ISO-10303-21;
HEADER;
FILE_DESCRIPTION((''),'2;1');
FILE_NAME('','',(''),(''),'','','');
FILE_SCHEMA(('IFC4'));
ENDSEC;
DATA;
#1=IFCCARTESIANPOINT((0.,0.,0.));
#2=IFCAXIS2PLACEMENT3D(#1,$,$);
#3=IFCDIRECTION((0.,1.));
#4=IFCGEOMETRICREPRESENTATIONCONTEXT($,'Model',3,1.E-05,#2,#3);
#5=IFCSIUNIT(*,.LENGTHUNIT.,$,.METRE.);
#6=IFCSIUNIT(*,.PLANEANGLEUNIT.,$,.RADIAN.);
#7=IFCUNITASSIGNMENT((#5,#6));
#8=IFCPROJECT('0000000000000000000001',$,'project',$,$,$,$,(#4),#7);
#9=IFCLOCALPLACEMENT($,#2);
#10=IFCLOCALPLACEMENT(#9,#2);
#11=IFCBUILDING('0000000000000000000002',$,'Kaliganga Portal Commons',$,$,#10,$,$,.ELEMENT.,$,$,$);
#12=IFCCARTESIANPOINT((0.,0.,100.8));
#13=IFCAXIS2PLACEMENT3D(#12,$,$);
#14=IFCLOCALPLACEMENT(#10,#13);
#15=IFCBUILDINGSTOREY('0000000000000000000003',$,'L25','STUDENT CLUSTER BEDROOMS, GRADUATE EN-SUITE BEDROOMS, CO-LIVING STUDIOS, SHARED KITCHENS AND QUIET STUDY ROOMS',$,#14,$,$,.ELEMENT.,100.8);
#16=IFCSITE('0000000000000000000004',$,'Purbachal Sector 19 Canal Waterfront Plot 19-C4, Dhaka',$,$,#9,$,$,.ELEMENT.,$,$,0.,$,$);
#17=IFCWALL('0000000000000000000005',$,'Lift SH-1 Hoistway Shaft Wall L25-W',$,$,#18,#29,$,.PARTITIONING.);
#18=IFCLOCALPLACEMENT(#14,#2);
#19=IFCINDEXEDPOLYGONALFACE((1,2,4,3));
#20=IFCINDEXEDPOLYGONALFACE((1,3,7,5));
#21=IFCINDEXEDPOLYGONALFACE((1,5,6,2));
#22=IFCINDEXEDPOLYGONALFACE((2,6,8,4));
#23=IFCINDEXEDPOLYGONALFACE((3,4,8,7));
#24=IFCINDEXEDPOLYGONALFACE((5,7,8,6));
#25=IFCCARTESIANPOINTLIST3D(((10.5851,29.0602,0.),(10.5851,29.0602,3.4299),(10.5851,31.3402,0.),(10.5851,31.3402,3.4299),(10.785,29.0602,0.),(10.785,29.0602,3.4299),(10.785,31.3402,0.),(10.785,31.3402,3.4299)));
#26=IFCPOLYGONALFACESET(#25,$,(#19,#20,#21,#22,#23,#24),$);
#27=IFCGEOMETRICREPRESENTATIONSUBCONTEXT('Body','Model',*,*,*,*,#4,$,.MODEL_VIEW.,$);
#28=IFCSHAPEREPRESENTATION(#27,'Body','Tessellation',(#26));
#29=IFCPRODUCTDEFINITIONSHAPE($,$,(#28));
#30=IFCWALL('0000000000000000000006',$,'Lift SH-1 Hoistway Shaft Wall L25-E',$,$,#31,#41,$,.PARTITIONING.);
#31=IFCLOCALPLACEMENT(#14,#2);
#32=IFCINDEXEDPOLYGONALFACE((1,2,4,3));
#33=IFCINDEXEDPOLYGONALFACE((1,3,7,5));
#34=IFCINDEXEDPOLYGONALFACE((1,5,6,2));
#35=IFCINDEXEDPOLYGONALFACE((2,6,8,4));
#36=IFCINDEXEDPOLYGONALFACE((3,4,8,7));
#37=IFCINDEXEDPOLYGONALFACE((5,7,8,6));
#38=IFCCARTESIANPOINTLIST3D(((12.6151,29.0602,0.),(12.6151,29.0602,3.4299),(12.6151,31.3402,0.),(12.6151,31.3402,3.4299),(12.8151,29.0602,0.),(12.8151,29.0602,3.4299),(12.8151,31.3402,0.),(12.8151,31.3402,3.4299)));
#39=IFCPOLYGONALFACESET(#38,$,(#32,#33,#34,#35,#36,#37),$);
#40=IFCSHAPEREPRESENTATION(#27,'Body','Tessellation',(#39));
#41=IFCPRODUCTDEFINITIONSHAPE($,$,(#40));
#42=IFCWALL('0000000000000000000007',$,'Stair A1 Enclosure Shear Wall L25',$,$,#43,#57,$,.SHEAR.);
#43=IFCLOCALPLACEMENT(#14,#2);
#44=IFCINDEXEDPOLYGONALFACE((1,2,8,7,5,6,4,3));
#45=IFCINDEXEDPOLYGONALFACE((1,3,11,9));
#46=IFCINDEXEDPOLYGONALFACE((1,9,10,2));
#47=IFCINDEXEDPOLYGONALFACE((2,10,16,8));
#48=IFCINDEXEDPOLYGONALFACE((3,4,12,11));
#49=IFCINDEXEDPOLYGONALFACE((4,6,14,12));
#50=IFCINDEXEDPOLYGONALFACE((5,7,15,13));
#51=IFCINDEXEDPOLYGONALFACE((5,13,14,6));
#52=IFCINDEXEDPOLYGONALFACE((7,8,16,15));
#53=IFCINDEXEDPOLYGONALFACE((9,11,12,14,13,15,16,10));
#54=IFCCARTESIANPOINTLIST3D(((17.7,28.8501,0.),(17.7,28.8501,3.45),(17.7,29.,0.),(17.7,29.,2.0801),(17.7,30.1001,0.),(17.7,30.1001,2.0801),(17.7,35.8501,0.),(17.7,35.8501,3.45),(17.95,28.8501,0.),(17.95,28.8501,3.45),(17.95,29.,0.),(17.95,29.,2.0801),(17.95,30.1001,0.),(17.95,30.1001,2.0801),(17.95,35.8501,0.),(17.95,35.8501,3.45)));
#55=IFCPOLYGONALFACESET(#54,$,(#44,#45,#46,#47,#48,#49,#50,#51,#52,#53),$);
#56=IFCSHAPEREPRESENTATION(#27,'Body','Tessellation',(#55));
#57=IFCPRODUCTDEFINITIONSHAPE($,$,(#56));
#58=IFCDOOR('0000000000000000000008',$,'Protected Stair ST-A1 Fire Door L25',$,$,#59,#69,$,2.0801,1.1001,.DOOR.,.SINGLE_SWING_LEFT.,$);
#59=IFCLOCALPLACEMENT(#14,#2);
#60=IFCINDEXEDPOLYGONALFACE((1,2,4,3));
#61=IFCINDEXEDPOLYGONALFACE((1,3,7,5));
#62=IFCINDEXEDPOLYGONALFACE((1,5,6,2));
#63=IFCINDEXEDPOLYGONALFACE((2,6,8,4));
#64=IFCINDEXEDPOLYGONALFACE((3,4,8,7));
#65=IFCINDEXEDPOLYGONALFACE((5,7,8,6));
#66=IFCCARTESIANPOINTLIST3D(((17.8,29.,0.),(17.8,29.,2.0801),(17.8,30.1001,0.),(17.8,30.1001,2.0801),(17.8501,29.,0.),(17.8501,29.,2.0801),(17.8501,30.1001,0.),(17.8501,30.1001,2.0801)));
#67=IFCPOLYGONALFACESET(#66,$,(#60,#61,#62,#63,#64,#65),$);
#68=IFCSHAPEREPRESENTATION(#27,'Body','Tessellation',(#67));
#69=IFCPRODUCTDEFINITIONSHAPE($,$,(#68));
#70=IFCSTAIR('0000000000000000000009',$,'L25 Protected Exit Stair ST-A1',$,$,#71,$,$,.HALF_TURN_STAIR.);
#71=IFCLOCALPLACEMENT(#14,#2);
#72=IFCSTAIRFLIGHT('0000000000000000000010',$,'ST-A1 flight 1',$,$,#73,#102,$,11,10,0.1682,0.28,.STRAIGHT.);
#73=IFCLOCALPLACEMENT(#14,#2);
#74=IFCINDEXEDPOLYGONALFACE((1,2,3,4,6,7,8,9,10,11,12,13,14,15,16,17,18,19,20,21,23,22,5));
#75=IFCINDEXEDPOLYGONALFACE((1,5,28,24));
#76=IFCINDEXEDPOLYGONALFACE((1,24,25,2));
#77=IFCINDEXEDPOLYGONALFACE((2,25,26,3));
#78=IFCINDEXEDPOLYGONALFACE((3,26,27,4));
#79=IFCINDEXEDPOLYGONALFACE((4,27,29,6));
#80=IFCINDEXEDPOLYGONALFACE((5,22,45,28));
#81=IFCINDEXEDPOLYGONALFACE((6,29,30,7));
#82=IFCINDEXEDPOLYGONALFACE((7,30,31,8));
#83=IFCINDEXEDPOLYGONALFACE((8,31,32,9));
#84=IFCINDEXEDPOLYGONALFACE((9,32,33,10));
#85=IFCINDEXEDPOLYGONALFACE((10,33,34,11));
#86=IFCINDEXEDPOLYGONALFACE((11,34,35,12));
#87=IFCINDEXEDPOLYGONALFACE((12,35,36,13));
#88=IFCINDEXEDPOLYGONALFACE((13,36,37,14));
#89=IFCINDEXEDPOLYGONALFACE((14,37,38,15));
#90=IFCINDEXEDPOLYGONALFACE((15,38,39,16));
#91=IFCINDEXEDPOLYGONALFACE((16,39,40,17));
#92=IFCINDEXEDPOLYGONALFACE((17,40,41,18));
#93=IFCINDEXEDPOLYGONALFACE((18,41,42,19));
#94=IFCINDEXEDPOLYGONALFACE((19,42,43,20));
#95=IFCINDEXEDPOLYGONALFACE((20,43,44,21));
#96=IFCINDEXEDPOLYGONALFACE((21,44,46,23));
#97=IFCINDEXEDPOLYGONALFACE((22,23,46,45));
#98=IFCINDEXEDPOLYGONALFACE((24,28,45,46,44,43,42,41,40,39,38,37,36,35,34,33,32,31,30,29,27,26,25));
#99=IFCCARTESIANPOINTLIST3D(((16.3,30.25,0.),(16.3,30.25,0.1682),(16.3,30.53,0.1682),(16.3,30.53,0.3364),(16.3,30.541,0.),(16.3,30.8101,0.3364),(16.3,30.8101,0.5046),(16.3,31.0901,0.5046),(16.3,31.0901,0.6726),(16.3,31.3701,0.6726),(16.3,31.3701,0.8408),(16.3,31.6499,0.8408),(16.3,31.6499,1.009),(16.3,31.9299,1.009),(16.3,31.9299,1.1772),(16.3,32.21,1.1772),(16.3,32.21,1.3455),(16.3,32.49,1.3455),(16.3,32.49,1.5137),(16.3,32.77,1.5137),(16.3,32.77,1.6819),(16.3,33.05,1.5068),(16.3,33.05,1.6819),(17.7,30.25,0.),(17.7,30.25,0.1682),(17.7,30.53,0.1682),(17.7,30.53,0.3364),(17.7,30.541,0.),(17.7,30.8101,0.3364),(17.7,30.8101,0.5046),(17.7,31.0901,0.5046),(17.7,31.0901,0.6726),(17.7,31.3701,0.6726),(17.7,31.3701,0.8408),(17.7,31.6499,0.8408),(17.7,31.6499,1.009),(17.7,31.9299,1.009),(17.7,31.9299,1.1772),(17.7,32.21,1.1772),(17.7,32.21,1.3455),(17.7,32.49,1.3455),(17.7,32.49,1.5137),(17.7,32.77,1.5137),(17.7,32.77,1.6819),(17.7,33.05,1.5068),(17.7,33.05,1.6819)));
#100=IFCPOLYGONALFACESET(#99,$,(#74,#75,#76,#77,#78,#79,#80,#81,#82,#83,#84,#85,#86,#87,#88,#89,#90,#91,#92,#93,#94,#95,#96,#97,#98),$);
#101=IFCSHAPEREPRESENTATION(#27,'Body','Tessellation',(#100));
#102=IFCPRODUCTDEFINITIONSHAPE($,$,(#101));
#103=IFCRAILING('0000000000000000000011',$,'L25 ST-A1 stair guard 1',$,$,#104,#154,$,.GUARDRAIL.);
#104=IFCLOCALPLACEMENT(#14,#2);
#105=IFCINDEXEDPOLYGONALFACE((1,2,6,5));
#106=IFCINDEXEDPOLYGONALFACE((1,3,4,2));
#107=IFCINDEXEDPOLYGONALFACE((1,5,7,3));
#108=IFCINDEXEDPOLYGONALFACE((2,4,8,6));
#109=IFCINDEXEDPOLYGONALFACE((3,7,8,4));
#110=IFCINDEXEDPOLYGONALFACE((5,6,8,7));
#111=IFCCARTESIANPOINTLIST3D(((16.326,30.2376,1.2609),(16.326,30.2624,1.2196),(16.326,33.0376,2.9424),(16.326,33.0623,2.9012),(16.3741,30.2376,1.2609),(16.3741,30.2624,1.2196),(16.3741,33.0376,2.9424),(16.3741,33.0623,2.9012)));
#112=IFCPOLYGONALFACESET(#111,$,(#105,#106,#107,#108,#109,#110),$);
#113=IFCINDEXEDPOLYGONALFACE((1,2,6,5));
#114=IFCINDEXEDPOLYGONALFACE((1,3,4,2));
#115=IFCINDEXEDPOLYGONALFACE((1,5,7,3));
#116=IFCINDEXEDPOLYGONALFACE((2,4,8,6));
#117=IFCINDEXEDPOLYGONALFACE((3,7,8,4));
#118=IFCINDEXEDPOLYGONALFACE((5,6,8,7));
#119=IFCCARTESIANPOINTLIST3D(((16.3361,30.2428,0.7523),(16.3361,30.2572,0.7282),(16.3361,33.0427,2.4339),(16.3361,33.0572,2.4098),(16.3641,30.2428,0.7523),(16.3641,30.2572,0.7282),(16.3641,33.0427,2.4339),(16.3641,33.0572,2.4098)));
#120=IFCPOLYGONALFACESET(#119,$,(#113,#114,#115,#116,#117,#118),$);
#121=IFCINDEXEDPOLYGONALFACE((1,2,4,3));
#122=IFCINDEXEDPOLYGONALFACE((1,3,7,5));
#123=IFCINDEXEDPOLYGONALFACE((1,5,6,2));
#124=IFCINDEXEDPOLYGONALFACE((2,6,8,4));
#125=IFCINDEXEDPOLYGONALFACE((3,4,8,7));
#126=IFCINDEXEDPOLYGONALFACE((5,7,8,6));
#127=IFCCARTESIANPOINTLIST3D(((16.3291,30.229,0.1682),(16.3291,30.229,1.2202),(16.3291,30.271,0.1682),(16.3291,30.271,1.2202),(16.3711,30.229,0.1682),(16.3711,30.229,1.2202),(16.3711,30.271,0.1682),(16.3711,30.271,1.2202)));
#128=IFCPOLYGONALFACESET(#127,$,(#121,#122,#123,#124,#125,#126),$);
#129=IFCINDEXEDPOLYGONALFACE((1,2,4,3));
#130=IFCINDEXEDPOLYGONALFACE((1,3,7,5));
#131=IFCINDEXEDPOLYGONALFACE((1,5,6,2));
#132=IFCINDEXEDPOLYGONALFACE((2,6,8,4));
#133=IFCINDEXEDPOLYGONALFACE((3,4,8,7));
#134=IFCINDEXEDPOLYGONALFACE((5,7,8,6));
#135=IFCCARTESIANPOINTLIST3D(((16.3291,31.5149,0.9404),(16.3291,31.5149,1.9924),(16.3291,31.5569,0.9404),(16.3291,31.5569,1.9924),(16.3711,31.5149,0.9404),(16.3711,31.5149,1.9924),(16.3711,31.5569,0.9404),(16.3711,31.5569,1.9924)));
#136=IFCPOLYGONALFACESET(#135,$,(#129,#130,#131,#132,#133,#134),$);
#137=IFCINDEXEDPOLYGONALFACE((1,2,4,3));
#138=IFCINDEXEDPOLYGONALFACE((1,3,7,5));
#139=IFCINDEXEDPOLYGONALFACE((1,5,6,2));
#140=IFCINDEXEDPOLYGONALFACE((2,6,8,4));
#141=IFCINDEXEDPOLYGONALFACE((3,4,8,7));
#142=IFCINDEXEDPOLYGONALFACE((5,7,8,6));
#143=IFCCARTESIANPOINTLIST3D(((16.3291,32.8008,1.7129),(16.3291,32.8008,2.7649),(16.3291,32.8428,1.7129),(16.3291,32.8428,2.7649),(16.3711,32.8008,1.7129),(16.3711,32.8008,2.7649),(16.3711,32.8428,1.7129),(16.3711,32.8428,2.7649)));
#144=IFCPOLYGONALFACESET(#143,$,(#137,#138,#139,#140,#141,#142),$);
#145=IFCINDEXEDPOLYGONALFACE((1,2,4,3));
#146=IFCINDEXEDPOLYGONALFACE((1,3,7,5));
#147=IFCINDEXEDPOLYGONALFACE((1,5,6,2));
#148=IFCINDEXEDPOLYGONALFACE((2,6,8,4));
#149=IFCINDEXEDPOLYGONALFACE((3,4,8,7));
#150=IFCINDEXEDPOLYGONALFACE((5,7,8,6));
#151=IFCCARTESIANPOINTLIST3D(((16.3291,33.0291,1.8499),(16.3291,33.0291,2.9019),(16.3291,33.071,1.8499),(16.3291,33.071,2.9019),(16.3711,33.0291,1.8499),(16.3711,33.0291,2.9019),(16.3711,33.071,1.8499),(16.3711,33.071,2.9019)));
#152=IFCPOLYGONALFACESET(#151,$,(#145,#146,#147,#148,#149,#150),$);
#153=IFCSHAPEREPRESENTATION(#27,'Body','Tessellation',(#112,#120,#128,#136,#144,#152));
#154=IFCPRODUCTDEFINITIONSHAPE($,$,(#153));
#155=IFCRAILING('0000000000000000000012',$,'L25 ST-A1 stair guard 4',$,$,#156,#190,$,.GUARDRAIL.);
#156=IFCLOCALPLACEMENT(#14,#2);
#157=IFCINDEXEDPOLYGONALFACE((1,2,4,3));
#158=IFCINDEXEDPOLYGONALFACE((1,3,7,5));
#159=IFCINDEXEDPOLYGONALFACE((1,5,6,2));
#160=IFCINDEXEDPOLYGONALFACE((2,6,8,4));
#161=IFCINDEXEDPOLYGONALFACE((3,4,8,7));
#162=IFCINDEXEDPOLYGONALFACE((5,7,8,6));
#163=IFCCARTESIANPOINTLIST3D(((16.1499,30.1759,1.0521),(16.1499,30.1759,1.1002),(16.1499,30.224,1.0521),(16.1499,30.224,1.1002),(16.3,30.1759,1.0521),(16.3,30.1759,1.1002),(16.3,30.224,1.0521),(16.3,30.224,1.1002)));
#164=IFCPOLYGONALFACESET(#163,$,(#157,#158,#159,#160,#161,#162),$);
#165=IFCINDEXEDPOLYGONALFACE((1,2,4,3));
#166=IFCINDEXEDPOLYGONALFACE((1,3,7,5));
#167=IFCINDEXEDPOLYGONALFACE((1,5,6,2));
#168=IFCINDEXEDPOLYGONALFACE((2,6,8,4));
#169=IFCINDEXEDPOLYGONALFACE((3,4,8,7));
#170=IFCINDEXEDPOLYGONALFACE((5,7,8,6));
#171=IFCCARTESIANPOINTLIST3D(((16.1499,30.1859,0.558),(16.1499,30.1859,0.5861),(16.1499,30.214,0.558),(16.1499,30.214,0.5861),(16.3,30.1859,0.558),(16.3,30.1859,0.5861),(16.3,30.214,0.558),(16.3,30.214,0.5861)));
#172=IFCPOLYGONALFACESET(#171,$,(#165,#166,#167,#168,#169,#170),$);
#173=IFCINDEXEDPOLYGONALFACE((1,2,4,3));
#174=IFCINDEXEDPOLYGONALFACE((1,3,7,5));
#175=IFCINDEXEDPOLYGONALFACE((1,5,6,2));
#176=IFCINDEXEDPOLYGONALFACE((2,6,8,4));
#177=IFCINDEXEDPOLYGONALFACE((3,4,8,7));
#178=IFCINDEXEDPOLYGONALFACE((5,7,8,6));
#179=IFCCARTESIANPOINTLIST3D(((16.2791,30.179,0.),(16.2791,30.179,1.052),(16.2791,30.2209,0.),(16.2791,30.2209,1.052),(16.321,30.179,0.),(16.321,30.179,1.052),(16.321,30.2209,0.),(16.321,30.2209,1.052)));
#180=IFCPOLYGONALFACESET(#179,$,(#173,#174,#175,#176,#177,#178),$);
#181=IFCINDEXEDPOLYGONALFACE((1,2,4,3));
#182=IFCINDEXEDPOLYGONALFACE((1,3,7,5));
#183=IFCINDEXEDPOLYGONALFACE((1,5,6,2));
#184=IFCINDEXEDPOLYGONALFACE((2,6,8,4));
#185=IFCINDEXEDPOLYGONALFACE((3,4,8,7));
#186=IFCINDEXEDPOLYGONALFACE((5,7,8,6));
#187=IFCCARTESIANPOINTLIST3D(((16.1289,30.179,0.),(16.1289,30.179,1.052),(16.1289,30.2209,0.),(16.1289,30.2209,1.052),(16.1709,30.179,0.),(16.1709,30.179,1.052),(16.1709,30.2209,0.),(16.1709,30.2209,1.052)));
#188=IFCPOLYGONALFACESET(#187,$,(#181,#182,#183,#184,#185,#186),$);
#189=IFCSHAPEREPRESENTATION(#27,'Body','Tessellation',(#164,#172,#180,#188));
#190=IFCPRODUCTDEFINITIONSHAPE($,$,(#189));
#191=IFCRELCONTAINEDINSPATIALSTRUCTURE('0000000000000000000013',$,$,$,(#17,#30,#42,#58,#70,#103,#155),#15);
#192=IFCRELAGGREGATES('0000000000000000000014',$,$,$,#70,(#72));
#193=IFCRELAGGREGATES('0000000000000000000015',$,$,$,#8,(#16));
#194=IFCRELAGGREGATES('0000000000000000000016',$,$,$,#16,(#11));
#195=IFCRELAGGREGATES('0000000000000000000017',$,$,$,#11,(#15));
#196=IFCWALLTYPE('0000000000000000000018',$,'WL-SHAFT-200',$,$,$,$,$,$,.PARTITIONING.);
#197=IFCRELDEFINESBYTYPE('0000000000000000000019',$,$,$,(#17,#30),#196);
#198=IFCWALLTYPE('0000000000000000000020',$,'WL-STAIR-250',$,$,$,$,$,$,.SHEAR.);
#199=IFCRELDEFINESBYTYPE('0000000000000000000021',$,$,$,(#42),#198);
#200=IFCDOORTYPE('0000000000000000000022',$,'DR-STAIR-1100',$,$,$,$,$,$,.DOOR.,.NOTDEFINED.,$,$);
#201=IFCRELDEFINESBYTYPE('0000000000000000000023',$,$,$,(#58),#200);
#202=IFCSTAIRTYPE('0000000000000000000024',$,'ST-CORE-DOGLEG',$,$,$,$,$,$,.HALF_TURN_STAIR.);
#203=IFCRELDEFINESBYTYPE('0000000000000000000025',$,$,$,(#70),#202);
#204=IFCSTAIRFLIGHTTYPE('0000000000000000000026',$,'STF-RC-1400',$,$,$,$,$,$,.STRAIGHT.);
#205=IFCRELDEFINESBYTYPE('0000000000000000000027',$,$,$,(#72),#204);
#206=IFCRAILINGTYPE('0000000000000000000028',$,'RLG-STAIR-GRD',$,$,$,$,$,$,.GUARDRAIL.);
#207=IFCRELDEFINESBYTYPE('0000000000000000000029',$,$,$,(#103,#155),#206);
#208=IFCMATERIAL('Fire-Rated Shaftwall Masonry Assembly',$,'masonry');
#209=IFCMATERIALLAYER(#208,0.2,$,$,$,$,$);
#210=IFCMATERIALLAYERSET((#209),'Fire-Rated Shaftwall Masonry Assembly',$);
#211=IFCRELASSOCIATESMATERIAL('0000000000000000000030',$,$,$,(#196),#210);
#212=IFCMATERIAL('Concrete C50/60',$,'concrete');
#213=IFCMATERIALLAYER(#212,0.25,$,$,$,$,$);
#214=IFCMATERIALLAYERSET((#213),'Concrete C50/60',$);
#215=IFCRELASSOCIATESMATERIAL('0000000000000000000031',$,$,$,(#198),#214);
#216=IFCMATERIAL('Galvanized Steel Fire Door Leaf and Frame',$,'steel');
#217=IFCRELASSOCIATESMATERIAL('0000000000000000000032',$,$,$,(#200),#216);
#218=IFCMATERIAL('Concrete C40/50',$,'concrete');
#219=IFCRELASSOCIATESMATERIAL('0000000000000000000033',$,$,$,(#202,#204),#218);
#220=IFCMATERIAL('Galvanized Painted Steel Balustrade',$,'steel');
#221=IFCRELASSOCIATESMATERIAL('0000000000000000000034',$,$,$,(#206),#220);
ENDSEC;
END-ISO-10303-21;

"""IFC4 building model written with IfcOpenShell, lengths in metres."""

from ifc_helpers import new_model, si_unit, direction, frame, frame_2d, origin, origin_2d, place, context, subcontext, project, spatial, polyline, rectangle, outline, extrude, material, layer, layer_set, type_object, element, fill, aggregate, save


model = new_model("IFC4")

# Units and contexts
model_context = context("Model", 3, precision=1e-05, world=origin(), true_north=direction((0.0, 1.0)))
body_context = subcontext(model_context, "Body", "Model", "MODEL_VIEW")
ifc_project = project(units=[si_unit("LENGTHUNIT", "METRE"), si_unit("PLANEANGLEUNIT", "RADIAN")], contexts=[model_context])

# Site, building, storey
site_placement = place(None, origin())
site = spatial("IfcSite", under=ifc_project, at=site_placement, Name="Purbachal Sector 19 Canal Waterfront Plot 19-C4, Dhaka", CompositionType="ELEMENT", RefElevation=0.0)
building_placement = place(site_placement, origin())
building = spatial("IfcBuilding", under=site, at=building_placement, Name="Kaliganga Portal Commons", CompositionType="ELEMENT")
storey_placement = place(building_placement, frame((0.0, 0.0, 100.8)))
storey = spatial("IfcBuildingStorey", under=building, at=storey_placement, Name="L25", Description="STUDENT CLUSTER BEDROOMS, GRADUATE EN-SUITE BEDROOMS, CO-LIVING STUDIOS, SHARED KITCHENS AND QUIET STUDY ROOMS", CompositionType="ELEMENT", Elevation=100.8)

# Shared definitions
ifc_material_1 = material(Name="Concrete C50/60", Category="concrete")

# Walls
ifc_material_2 = material(Name="Fire-Rated Shaftwall Masonry Assembly", Category="masonry")
ifc_layer_1 = layer(ifc_material_2, 0.2)
ifc_layer_set_1 = layer_set([ifc_layer_1], Name="Fire-Rated Shaftwall Masonry Assembly")
wall_type_1 = type_object("IfcWallType", Name="WL-SHAFT-200", PredefinedType="PARTITIONING", material=ifc_layer_set_1)
for number, where, z_axis, x_axis, name in (
    (1, (10.6851, 29.0601, 0.0), (0.0, 0.0, 1.0), (0.0, 1.0, 0.0), "Lift SH-1 Hoistway Shaft Wall L25-W"),
    (2, (12.7151, 29.0601, 0.0), (0.0, 0.0, 1.0), (0.0, 1.0, 0.0), "Lift SH-1 Hoistway Shaft Wall L25-E"),
):
    element("IfcWall", number, at=place(storey_placement, frame(where, z_axis=z_axis, x_axis=x_axis)), inside=storey, type_object=wall_type_1, Name=name, PredefinedType="PARTITIONING", context=body_context, shape_type="SweptSolid", body=[
        extrude(rectangle(XDim=2.28, YDim=0.2, at=frame_2d((1.1401, 0.0))), origin(), (0.0, 0.0, 1.0), 3.4299),
    ])

# Wall, opening, door
ifc_layer_2 = layer(ifc_material_1, 0.25)
ifc_layer_set_2 = layer_set([ifc_layer_2], Name="Concrete C50/60")
wall_type_2 = type_object("IfcWallType", Name="WL-STAIR-250", PredefinedType="SHEAR", material=ifc_layer_set_2)
wall_1_placement = place(storey_placement, frame((17.825, 28.8501, 0.0), z_axis=(0.0, 0.0, 1.0), x_axis=(0.0, 1.0, 0.0)))
wall_1 = element("IfcWall", 3, at=wall_1_placement, inside=storey, type_object=wall_type_2, Name="Stair A1 Enclosure Shear Wall L25", PredefinedType="SHEAR", context=body_context, shape_type="SweptSolid", body=[
    extrude(rectangle(XDim=7.0, YDim=0.25, at=frame_2d((3.5, 0.0))), origin(), (0.0, 0.0, 1.0), 3.45),
])
opening_1_placement = place(wall_1_placement, frame((0.1499, 0.0, 0.0)))
opening_1 = element("IfcOpeningElement", 4, at=opening_1_placement, cuts=wall_1, PredefinedType="OPENING", context=body_context, shape_type="SweptSolid", body=[
    extrude(rectangle(XDim=1.1001, YDim=2.0801, at=frame_2d((0.55, 1.04))), frame((0.0, 0.135, 0.0), z_axis=(0.0, -1.0, 0.0), x_axis=(1.0, 0.0, 0.0)), (0.0, 0.0, 1.0), 0.27),
])
ifc_material_3 = material(Name="Galvanized Steel Fire Door Leaf and Frame", Category="steel")
door_type_1 = type_object("IfcDoorType", Name="DR-STAIR-1100", OperationType="NOTDEFINED", PredefinedType="DOOR", material=ifc_material_3)
door_1_placement = place(opening_1_placement, origin())
door_1 = element("IfcDoor", 5, at=door_1_placement, inside=storey, type_object=door_type_1, Name="Protected Stair ST-A1 Fire Door L25", OperationType="SINGLE_SWING_LEFT", OverallHeight=2.0801, OverallWidth=1.1001, PredefinedType="DOOR", context=body_context, shape_type="SweptSolid", body=[
    extrude(rectangle(XDim=1.1001, YDim=2.0801, at=frame_2d((0.55, 1.04))), frame((0.0, 0.0249, 0.0), z_axis=(0.0, -1.0, 0.0), x_axis=(1.0, 0.0, 0.0)), (0.0, 0.0, 1.0), 0.05),
])
fill(opening_1, door_1)

# Stair, stair flight
ifc_material_4 = material(Name="Concrete C40/50", Category="concrete")
stair_type = type_object("IfcStairType", Name="ST-CORE-DOGLEG", PredefinedType="HALF_TURN_STAIR", material=ifc_material_4)
stair_placement = place(storey_placement, origin())
stair = element("IfcStair", 6, at=stair_placement, inside=storey, type_object=stair_type, Name="L25 Protected Exit Stair ST-A1", PredefinedType="HALF_TURN_STAIR")
stair_flight_type = type_object("IfcStairFlightType", Name="STF-RC-1400", PredefinedType="STRAIGHT", material=ifc_material_4)
stair_flight_placement = place(storey_placement, frame((17.0, 30.25, 0.0), z_axis=(0.0, 0.0, 1.0), x_axis=(0.0, 1.0, 0.0)))
stair_flight = element("IfcStairFlight", 7, at=stair_flight_placement, type_object=stair_flight_type, Name="ST-A1 flight 1", NumberOfRisers=11, NumberOfTreads=10, PredefinedType="STRAIGHT", RiserHeight=0.1682, TreadLength=0.28, context=body_context, shape_type="SweptSolid", body=[
    extrude(outline(polyline([(0.0, 0.0), (0.0, 0.1682), (0.28, 0.1682), (0.28, 0.3364), (0.5601, 0.3364), (0.5601, 0.5046), (0.8401, 0.5046), (0.8401, 0.6726), (1.1201, 0.6726), (1.1201, 0.8408), (1.3999, 0.8408), (1.3999, 1.009), (1.6799, 1.009), (1.6799, 1.1772), (1.96, 1.1772), (1.96, 1.3455), (2.24, 1.3455), (2.24, 1.5137), (2.52, 1.5137), (2.52, 1.6819), (2.8, 1.6819), (2.8, 1.8501), (2.8, 1.5068), (0.291, 0.0), (0.0, 0.0)])), frame((0.0, 0.7, 0.0), z_axis=(0.0, -1.0, 0.0), x_axis=(1.0, 0.0, 0.0)), (0.0, 0.0, 1.0), 1.3999),
])
aggregate(stair, [stair_flight])

# Railings
ifc_material_5 = material(Name="Galvanized Painted Steel Balustrade", Category="steel")
railing_type = type_object("IfcRailingType", Name="RLG-STAIR-GRD", PredefinedType="GUARDRAIL", material=ifc_material_5)
railing_1_placement = place(storey_placement, frame((16.3501, 30.25, 0.1682)))
element("IfcRailing", 8, at=railing_1_placement, inside=storey, type_object=railing_type, Name="L25 ST-A1 stair guard 1", PredefinedType="GUARDRAIL", context=body_context, shape_type="SweptSolid", body=[
    extrude(rectangle(XDim=0.0481, YDim=0.0481, at=origin_2d()), frame((0.0, 0.0, 1.072), z_axis=(0.0, 0.857275, 0.514858), x_axis=(-1.0, 0.0, 0.0)), (0.0, 0.0, 1.0), 3.2661),
    extrude(rectangle(XDim=0.0281, YDim=0.0281, at=origin_2d()), frame((0.0, 0.0, 0.572), z_axis=(0.0, 0.857275, 0.514858), x_axis=(-1.0, 0.0, 0.0)), (0.0, 0.0, 1.0), 3.2661),
    extrude(rectangle(XDim=0.042, YDim=0.042, at=origin_2d()), origin(), (0.0, 0.0, 1.0), 1.052),
    extrude(rectangle(XDim=0.042, YDim=0.042, at=origin_2d()), frame((0.0, 1.2859, 0.7722)), (0.0, 0.0, 1.0), 1.052),
    extrude(rectangle(XDim=0.042, YDim=0.042, at=origin_2d()), frame((0.0, 2.5718, 1.5447)), (0.0, 0.0, 1.0), 1.052),
    extrude(rectangle(XDim=0.042, YDim=0.042, at=origin_2d()), frame((0.0, 2.8, 1.6816)), (0.0, 0.0, 1.0), 1.052),
])
railing_2_placement = place(storey_placement, frame((16.3, 30.2, 0.0)))
element("IfcRailing", 9, at=railing_2_placement, inside=storey, type_object=railing_type, Name="L25 ST-A1 stair guard 4", PredefinedType="GUARDRAIL", context=body_context, shape_type="SweptSolid", body=[
    extrude(rectangle(XDim=0.0481, YDim=0.0481, at=origin_2d()), frame((0.0, 0.0, 1.0762), z_axis=(-1.0, 0.0, 0.0), x_axis=(0.0, -1.0, 0.0)), (0.0, 0.0, 1.0), 0.1501),
    extrude(rectangle(XDim=0.0281, YDim=0.0281, at=origin_2d()), frame((0.0, 0.0, 0.572), z_axis=(-1.0, 0.0, 0.0), x_axis=(0.0, -1.0, 0.0)), (0.0, 0.0, 1.0), 0.1501),
    extrude(rectangle(XDim=0.042, YDim=0.042, at=origin_2d()), origin(), (0.0, 0.0, 1.0), 1.052),
    extrude(rectangle(XDim=0.042, YDim=0.042, at=origin_2d()), frame((-0.1501, 0.0, 0.0)), (0.0, 0.0, 1.0), 1.052),
])

save(model, "model.ifc")
